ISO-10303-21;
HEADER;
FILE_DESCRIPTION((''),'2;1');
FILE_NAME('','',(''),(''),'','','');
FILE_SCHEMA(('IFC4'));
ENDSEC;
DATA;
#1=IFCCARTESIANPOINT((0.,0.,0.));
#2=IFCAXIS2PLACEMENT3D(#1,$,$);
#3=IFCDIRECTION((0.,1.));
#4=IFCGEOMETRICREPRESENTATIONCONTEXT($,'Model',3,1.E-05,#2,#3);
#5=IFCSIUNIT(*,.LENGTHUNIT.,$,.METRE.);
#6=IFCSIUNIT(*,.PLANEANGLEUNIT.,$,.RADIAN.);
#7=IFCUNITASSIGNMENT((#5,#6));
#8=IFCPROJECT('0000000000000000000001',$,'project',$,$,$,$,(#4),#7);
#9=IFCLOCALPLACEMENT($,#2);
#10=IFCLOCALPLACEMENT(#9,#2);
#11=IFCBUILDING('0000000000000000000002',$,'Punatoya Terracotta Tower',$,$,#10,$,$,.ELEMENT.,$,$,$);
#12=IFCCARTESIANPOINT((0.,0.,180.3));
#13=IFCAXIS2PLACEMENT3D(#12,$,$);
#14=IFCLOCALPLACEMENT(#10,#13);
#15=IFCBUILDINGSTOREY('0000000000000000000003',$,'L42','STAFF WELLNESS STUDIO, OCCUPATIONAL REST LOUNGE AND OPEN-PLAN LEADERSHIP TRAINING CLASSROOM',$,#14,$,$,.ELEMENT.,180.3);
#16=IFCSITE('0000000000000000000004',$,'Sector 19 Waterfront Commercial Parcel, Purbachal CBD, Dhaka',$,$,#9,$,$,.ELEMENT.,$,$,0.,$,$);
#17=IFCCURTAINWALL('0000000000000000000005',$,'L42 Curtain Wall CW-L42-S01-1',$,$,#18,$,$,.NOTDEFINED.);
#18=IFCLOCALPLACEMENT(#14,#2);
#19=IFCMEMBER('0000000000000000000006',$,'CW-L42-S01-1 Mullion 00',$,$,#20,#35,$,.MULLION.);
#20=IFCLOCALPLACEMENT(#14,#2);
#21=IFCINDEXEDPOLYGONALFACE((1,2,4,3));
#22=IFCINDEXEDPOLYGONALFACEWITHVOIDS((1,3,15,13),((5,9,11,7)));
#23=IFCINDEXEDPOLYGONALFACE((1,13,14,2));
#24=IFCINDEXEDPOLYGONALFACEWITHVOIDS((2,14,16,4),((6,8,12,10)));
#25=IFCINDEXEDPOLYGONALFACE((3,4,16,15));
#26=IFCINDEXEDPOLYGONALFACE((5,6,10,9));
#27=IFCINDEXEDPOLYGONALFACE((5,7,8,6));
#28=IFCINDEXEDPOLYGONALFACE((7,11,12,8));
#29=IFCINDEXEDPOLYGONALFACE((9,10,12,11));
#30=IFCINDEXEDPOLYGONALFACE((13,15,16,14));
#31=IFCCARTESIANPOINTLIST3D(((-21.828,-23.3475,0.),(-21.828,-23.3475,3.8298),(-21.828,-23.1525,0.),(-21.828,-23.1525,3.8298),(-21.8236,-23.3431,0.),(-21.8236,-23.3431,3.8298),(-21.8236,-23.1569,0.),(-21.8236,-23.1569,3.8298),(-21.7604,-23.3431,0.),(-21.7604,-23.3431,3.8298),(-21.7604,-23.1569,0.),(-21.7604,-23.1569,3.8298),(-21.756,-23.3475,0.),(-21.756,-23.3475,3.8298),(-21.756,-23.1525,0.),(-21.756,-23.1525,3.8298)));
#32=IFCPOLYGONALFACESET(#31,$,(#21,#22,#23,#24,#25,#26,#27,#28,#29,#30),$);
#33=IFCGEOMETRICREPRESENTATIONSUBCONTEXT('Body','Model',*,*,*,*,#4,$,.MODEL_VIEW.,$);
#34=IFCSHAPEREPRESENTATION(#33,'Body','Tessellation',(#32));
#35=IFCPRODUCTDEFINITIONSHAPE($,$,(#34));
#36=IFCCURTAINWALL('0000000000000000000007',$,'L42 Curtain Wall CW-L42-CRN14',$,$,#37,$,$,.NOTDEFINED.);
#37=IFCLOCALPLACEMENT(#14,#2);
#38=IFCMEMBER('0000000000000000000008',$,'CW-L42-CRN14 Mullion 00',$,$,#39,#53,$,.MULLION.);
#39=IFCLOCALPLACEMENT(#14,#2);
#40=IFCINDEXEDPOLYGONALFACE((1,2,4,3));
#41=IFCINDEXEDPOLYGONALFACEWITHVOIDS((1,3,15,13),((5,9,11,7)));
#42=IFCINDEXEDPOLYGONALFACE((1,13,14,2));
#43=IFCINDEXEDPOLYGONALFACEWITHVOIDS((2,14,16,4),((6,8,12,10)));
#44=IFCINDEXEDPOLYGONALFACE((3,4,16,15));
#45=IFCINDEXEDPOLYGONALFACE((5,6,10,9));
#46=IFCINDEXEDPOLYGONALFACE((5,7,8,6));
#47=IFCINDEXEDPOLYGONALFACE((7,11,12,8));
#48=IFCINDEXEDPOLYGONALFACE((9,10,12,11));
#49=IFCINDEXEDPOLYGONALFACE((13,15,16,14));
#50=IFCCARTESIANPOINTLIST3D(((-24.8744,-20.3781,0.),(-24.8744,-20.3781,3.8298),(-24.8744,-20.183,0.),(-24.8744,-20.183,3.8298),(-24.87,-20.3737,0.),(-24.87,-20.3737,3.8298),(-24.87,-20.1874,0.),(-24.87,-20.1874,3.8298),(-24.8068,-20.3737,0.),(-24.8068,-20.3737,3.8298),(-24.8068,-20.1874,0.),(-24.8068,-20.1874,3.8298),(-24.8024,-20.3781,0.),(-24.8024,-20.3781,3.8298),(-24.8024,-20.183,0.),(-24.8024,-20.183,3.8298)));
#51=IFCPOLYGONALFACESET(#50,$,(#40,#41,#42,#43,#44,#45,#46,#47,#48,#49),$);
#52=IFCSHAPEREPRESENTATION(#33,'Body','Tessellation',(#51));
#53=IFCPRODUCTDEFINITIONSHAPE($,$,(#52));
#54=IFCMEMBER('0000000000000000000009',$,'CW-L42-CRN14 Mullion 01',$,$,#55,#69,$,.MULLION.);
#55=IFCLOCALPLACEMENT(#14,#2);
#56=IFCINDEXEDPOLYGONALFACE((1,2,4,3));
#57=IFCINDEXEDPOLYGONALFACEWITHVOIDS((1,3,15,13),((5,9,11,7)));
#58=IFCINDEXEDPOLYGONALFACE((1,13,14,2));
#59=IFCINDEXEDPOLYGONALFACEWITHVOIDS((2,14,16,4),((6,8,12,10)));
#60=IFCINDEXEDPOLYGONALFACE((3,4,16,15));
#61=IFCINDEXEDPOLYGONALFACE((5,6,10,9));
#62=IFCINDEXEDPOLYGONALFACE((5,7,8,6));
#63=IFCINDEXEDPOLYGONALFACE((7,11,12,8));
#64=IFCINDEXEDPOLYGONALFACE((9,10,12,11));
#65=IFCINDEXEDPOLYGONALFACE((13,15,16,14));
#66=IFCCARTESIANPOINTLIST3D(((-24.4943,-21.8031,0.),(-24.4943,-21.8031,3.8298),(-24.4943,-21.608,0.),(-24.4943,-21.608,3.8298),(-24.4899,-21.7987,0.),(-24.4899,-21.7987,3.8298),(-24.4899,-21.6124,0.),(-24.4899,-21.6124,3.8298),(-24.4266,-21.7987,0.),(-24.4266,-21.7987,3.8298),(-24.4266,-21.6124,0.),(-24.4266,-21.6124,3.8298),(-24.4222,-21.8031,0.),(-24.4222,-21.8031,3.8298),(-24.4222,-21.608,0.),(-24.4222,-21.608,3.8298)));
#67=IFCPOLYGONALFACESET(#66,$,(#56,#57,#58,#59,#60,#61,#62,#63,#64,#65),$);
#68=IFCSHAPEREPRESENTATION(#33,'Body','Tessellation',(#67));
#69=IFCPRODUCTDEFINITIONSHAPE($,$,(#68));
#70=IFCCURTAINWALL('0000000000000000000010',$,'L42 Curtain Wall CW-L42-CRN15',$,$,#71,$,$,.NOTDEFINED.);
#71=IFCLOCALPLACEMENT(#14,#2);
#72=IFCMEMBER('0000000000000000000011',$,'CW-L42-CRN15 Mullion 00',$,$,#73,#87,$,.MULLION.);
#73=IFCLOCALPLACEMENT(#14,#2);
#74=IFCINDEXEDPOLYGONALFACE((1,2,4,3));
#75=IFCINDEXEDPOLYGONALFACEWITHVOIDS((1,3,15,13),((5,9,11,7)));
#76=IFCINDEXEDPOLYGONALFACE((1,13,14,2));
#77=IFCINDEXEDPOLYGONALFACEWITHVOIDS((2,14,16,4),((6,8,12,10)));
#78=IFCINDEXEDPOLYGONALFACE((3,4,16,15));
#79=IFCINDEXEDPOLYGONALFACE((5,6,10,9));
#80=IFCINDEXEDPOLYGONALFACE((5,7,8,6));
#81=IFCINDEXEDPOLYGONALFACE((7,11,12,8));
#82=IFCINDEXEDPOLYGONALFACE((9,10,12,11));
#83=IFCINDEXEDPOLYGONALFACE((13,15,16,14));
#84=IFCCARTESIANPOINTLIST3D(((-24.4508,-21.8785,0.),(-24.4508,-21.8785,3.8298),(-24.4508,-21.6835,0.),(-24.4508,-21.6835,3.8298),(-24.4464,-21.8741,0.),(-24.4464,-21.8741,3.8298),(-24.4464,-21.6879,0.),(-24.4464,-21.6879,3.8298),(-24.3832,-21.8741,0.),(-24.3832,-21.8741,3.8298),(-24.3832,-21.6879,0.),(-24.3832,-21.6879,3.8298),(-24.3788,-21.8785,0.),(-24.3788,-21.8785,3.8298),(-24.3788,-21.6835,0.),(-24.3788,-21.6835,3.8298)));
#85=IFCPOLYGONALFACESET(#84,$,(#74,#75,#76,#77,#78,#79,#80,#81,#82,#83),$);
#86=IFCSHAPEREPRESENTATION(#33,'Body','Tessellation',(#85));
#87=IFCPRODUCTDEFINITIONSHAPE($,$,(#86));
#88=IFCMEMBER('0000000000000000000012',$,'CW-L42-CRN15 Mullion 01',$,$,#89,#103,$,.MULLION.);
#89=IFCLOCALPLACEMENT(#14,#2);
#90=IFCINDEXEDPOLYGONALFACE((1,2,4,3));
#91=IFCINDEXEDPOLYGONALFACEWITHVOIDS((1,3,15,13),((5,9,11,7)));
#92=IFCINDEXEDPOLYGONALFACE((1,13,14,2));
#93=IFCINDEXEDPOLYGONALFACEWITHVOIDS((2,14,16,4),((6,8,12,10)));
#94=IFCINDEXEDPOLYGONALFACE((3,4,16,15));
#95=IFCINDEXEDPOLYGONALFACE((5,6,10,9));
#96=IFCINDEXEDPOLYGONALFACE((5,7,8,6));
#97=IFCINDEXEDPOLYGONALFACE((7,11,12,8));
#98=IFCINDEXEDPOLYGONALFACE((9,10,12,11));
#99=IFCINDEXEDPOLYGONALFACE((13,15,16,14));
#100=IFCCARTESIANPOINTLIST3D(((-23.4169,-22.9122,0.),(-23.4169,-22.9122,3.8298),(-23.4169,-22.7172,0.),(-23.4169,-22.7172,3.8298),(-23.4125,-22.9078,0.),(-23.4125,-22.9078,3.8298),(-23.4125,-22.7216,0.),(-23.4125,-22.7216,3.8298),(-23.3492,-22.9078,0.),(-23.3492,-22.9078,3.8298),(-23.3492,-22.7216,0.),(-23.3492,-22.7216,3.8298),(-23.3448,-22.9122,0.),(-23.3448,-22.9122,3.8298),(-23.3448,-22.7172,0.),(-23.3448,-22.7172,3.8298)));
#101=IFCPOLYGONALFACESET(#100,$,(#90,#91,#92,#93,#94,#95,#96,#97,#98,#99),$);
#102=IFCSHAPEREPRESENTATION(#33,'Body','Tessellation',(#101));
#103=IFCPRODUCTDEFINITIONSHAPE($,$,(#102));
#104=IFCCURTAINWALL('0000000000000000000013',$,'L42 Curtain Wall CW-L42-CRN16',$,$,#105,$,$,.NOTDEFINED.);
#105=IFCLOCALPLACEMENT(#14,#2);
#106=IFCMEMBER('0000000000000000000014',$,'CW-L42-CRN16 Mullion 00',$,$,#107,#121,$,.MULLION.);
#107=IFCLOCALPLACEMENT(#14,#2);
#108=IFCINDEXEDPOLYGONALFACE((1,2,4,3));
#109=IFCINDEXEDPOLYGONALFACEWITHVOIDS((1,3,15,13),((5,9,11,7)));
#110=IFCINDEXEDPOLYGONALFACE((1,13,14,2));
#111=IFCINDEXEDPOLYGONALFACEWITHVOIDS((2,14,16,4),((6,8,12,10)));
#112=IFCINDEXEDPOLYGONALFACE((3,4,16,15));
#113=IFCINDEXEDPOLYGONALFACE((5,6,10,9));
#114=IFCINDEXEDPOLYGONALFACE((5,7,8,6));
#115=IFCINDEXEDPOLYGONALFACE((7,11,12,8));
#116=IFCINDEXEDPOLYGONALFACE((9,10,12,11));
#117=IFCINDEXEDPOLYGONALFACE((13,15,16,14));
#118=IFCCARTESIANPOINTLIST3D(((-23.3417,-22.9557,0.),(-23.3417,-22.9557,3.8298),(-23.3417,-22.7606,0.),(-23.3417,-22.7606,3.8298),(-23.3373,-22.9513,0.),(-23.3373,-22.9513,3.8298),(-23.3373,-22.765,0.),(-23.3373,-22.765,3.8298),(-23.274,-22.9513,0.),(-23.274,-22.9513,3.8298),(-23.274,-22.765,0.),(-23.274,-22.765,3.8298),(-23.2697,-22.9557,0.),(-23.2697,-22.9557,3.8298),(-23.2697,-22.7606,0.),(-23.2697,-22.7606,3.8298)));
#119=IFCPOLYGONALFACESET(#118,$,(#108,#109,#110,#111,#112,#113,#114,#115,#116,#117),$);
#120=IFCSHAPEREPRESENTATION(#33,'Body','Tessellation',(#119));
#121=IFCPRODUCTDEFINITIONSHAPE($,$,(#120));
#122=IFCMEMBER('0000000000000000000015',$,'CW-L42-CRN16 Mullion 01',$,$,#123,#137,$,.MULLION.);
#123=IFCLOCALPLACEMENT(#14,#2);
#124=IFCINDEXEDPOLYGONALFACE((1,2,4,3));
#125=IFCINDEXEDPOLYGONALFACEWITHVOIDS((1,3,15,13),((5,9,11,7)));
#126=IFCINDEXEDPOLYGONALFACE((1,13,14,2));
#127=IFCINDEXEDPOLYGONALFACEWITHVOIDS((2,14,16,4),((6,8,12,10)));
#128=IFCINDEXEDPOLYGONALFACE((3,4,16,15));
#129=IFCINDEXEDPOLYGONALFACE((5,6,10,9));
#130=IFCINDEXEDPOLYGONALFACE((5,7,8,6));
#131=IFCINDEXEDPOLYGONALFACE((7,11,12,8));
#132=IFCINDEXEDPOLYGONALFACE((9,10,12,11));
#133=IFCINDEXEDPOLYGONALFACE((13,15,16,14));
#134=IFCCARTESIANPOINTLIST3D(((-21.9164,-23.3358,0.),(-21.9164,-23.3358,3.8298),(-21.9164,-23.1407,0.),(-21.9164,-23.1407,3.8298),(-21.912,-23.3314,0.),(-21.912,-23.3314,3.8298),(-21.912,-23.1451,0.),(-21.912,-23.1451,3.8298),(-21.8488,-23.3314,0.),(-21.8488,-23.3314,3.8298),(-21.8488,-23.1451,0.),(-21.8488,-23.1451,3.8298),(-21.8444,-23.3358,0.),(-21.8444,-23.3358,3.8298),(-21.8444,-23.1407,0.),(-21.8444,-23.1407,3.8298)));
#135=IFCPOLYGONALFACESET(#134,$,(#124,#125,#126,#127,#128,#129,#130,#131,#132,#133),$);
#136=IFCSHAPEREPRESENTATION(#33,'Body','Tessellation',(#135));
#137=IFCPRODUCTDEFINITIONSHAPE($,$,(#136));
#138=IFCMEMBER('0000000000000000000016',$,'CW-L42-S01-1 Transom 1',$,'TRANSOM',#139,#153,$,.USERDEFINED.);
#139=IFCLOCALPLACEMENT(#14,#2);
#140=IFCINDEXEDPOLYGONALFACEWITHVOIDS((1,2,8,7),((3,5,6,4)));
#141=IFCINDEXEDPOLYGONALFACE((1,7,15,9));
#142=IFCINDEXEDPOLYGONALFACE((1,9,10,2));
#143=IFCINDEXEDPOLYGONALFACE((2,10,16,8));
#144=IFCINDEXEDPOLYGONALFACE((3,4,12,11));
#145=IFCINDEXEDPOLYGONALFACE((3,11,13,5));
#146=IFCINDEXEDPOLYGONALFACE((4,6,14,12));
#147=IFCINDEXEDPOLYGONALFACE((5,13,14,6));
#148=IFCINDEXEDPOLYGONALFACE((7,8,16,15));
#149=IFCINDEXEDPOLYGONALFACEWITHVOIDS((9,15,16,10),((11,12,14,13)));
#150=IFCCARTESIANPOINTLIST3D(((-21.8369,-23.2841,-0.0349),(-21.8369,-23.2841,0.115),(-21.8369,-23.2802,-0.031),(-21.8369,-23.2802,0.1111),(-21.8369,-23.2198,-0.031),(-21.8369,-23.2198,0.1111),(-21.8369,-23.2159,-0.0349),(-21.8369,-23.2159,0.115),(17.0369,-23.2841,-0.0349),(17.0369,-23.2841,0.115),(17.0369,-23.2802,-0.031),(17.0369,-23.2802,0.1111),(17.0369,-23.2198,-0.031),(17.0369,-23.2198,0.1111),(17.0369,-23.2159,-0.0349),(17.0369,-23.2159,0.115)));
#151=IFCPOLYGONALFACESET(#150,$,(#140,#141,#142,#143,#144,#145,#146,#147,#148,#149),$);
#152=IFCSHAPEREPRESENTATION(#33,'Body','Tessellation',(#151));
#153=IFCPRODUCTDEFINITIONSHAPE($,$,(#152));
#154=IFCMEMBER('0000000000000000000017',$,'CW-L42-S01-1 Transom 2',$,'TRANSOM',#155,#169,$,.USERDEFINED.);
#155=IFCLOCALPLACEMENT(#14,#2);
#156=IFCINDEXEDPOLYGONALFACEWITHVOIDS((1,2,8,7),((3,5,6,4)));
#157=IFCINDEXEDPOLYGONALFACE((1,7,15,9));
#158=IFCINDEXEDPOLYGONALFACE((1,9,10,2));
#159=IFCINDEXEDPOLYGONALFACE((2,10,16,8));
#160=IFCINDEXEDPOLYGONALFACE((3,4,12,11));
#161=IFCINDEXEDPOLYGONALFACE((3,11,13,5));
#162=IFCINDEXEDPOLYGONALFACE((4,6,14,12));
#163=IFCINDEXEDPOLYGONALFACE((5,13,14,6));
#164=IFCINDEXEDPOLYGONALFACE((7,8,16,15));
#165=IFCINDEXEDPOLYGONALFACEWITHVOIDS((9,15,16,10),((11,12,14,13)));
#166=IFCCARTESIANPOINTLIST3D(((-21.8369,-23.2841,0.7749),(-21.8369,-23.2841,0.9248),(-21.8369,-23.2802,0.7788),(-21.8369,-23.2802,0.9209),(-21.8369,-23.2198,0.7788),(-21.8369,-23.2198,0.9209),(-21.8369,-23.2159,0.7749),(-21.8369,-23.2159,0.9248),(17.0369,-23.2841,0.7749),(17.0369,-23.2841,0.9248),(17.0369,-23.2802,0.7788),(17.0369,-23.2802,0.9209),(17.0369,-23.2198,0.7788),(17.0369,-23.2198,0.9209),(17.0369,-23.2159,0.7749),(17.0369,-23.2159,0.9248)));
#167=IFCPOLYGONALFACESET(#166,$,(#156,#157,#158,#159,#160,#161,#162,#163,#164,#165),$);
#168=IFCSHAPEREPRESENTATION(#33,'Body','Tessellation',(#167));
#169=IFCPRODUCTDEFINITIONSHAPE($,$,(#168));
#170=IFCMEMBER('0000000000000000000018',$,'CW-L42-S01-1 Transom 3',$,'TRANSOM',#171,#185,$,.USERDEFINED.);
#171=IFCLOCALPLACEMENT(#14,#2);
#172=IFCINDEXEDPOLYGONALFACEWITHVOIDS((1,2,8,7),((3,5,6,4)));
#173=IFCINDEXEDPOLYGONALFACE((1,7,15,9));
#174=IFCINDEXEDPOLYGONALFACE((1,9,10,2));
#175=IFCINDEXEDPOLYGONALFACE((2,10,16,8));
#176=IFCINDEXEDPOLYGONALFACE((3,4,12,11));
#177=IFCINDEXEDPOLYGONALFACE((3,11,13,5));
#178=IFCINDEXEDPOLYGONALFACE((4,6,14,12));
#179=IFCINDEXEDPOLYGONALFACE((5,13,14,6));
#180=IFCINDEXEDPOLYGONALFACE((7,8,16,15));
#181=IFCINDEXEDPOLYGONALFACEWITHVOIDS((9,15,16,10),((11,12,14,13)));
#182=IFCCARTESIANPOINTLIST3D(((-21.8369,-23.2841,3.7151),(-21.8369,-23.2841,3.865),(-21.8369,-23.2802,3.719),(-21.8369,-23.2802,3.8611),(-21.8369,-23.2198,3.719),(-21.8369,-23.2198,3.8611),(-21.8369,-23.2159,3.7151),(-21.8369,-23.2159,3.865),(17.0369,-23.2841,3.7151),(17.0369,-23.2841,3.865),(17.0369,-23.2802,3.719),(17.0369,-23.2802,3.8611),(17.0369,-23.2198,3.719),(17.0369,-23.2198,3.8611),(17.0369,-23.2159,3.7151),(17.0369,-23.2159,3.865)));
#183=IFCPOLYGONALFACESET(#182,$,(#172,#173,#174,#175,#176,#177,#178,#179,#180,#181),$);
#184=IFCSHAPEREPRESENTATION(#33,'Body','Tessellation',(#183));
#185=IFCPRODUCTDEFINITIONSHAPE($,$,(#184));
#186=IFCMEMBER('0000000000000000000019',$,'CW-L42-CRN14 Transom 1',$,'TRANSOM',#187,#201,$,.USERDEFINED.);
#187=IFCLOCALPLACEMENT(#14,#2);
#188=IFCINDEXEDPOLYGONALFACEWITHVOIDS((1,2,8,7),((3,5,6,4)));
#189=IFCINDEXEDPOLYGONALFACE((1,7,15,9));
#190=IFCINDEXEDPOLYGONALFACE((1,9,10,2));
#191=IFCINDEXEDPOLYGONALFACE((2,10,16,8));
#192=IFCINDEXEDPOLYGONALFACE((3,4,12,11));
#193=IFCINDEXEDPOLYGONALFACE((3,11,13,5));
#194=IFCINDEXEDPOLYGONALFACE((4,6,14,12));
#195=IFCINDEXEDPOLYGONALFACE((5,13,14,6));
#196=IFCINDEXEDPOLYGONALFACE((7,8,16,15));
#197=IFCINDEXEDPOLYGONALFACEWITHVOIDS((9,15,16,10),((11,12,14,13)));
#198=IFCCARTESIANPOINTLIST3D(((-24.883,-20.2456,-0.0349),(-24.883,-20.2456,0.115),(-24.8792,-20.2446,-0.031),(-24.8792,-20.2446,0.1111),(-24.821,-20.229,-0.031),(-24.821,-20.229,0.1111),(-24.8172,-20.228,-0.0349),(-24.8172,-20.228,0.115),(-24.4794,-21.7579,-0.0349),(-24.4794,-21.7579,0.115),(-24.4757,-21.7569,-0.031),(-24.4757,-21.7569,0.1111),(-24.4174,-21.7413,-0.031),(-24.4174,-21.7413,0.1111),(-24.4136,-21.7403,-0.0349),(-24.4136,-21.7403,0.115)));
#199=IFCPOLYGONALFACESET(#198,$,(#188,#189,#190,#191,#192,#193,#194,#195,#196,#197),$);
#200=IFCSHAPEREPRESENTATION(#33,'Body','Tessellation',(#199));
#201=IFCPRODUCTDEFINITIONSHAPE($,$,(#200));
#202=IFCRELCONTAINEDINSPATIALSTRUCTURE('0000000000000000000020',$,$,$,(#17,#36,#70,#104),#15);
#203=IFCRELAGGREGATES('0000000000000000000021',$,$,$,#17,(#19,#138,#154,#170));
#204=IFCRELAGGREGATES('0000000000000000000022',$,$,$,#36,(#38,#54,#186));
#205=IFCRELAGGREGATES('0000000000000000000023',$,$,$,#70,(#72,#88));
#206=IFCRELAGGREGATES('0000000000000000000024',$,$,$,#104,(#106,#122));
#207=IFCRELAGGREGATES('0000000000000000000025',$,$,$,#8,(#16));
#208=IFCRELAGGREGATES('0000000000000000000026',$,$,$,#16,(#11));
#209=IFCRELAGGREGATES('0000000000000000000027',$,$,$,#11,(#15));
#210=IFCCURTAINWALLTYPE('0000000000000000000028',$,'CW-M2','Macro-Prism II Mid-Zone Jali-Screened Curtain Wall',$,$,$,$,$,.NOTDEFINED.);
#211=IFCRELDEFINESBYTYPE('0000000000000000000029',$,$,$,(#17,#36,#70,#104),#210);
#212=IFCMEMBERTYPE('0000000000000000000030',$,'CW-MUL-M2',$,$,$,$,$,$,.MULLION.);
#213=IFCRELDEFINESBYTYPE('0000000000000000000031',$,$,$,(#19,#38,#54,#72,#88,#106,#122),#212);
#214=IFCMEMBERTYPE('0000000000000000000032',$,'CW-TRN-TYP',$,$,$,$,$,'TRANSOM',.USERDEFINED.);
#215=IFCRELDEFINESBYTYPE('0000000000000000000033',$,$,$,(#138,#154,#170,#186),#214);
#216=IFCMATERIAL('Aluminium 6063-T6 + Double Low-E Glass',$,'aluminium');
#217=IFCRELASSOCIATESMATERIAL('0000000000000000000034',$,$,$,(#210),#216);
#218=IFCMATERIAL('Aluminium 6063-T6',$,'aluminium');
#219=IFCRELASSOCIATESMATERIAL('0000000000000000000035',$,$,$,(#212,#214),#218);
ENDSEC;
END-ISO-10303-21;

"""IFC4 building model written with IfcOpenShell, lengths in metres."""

from ifc_helpers import new_model, si_unit, direction, frame, origin, origin_2d, place, context, subcontext, project, spatial, hollow_rectangle, extrude, material, material_profile, profile_set, type_object, element, aggregate, save


model = new_model("IFC4")

# Units and contexts
model_context = context("Model", 3, precision=1e-05, world=origin(), true_north=direction((0.0, 1.0)))
body_context = subcontext(model_context, "Body", "Model", "MODEL_VIEW")
ifc_project = project(units=[si_unit("LENGTHUNIT", "METRE"), si_unit("PLANEANGLEUNIT", "RADIAN")], contexts=[model_context])

# Site, building, storey
site_placement = place(None, origin())
site = spatial("IfcSite", under=ifc_project, at=site_placement, Name="Sector 19 Waterfront Commercial Parcel, Purbachal CBD, Dhaka", CompositionType="ELEMENT", RefElevation=0.0)
building_placement = place(site_placement, origin())
building = spatial("IfcBuilding", under=site, at=building_placement, Name="Punatoya Terracotta Tower", CompositionType="ELEMENT")
storey_placement = place(building_placement, frame((0.0, 0.0, 180.3)))
storey = spatial("IfcBuildingStorey", under=building, at=storey_placement, Name="L42", Description="STAFF WELLNESS STUDIO, OCCUPATIONAL REST LOUNGE AND OPEN-PLAN LEADERSHIP TRAINING CLASSROOM", CompositionType="ELEMENT", Elevation=180.3)

# Curtain wall, member
ifc_material_1 = material(Name="Aluminium 6063-T6 + Double Low-E Glass", Category="aluminium")
curtain_wall_type = type_object("IfcCurtainWallType", Name="CW-M2", Description="Macro-Prism II Mid-Zone Jali-Screened Curtain Wall", PredefinedType="NOTDEFINED", material=ifc_material_1)
curtain_wall_1_placement = place(storey_placement, origin())
curtain_wall_1 = element("IfcCurtainWall", 1, at=curtain_wall_1_placement, inside=storey, type_object=curtain_wall_type, Name="L42 Curtain Wall CW-L42-S01-1", PredefinedType="NOTDEFINED")
ifc_material_2 = material(Name="Aluminium 6063-T6", Category="aluminium")
ifc_material_profile_1 = material_profile(ifc_material_2, hollow_rectangle(XDim=0.072, YDim=0.1951, WallThickness=0.0044, at=origin_2d()))
ifc_profile_set_1 = profile_set([ifc_material_profile_1], Name="Aluminium 6063-T6")
member_type_1 = type_object("IfcMemberType", Name="CW-MUL-M2", PredefinedType="MULLION", material=ifc_profile_set_1)
member_1_placement = place(storey_placement, frame((-21.792, -23.25, 0.0), z_axis=(0.0, 0.0, 1.0), x_axis=(1.0, 0.0, 0.0)))
member_1 = element("IfcMember", 2, at=member_1_placement, type_object=member_type_1, Name="CW-L42-S01-1 Mullion 00", PredefinedType="MULLION", context=body_context, shape_type="SweptSolid", body=[
    extrude(hollow_rectangle(XDim=0.072, YDim=0.1951, WallThickness=0.0044, at=origin_2d()), origin(), (0.0, 0.0, 1.0), 3.8298),
])

# Curtain walls, members
curtain_wall_2_placement = place(storey_placement, origin())
curtain_wall_2 = element("IfcCurtainWall", 3, at=curtain_wall_2_placement, inside=storey, type_object=curtain_wall_type, Name="L42 Curtain Wall CW-L42-CRN14", PredefinedType="NOTDEFINED")
member_2_placement = place(storey_placement, frame((-24.8384, -20.2805, 0.0), z_axis=(0.0, 0.0, 1.0), x_axis=(1.0, 0.0, 0.0)))
member_2 = element("IfcMember", 4, at=member_2_placement, type_object=member_type_1, Name="CW-L42-CRN14 Mullion 00", PredefinedType="MULLION", context=body_context, shape_type="SweptSolid", body=[
    extrude(hollow_rectangle(XDim=0.072, YDim=0.1951, WallThickness=0.0044, at=origin_2d()), origin(), (0.0, 0.0, 1.0), 3.8298),
])
member_3_placement = place(storey_placement, frame((-24.4583, -21.7056, 0.0), z_axis=(0.0, 0.0, 1.0), x_axis=(1.0, 0.0, 0.0)))
member_3 = element("IfcMember", 5, at=member_3_placement, type_object=member_type_1, Name="CW-L42-CRN14 Mullion 01", PredefinedType="MULLION", context=body_context, shape_type="SweptSolid", body=[
    extrude(hollow_rectangle(XDim=0.072, YDim=0.1951, WallThickness=0.0044, at=origin_2d()), origin(), (0.0, 0.0, 1.0), 3.8298),
])
curtain_wall_3_placement = place(storey_placement, origin())
curtain_wall_3 = element("IfcCurtainWall", 6, at=curtain_wall_3_placement, inside=storey, type_object=curtain_wall_type, Name="L42 Curtain Wall CW-L42-CRN15", PredefinedType="NOTDEFINED")
member_4_placement = place(storey_placement, frame((-24.4148, -21.781, 0.0), z_axis=(0.0, 0.0, 1.0), x_axis=(1.0, 0.0, 0.0)))
member_4 = element("IfcMember", 7, at=member_4_placement, type_object=member_type_1, Name="CW-L42-CRN15 Mullion 00", PredefinedType="MULLION", context=body_context, shape_type="SweptSolid", body=[
    extrude(hollow_rectangle(XDim=0.072, YDim=0.1951, WallThickness=0.0044, at=origin_2d()), origin(), (0.0, 0.0, 1.0), 3.8298),
])
member_5_placement = place(storey_placement, frame((-23.3809, -22.8147, 0.0), z_axis=(0.0, 0.0, 1.0), x_axis=(1.0, 0.0, 0.0)))
member_5 = element("IfcMember", 8, at=member_5_placement, type_object=member_type_1, Name="CW-L42-CRN15 Mullion 01", PredefinedType="MULLION", context=body_context, shape_type="SweptSolid", body=[
    extrude(hollow_rectangle(XDim=0.072, YDim=0.1951, WallThickness=0.0044, at=origin_2d()), origin(), (0.0, 0.0, 1.0), 3.8298),
])
curtain_wall_4_placement = place(storey_placement, origin())
curtain_wall_4 = element("IfcCurtainWall", 9, at=curtain_wall_4_placement, inside=storey, type_object=curtain_wall_type, Name="L42 Curtain Wall CW-L42-CRN16", PredefinedType="NOTDEFINED")
member_6_placement = place(storey_placement, frame((-23.3057, -22.8582, 0.0), z_axis=(0.0, 0.0, 1.0), x_axis=(1.0, 0.0, 0.0)))
member_6 = element("IfcMember", 10, at=member_6_placement, type_object=member_type_1, Name="CW-L42-CRN16 Mullion 00", PredefinedType="MULLION", context=body_context, shape_type="SweptSolid", body=[
    extrude(hollow_rectangle(XDim=0.072, YDim=0.1951, WallThickness=0.0044, at=origin_2d()), origin(), (0.0, 0.0, 1.0), 3.8298),
])
member_7_placement = place(storey_placement, frame((-21.8804, -23.2383, 0.0), z_axis=(0.0, 0.0, 1.0), x_axis=(1.0, 0.0, 0.0)))
member_7 = element("IfcMember", 11, at=member_7_placement, type_object=member_type_1, Name="CW-L42-CRN16 Mullion 01", PredefinedType="MULLION", context=body_context, shape_type="SweptSolid", body=[
    extrude(hollow_rectangle(XDim=0.072, YDim=0.1951, WallThickness=0.0044, at=origin_2d()), origin(), (0.0, 0.0, 1.0), 3.8298),
])

# Members
ifc_material_profile_2 = material_profile(ifc_material_2, hollow_rectangle(XDim=0.0681, YDim=0.1499, WallThickness=0.0039, at=origin_2d()))
ifc_profile_set_2 = profile_set([ifc_material_profile_2], Name="Aluminium 6063-T6")
member_type_2 = type_object("IfcMemberType", Name="CW-TRN-TYP", ElementType="TRANSOM", PredefinedType="USERDEFINED", material=ifc_profile_set_2)
member_8_placement = place(storey_placement, frame((-21.8369, -23.25, 0.04), z_axis=(1.0, 0.0, 0.0), x_axis=(0.0, 1.0, 0.0)))
member_8 = element("IfcMember", 12, at=member_8_placement, type_object=member_type_2, Name="CW-L42-S01-1 Transom 1", ObjectType="TRANSOM", PredefinedType="USERDEFINED", context=body_context, shape_type="SweptSolid", body=[
    extrude(hollow_rectangle(XDim=0.0681, YDim=0.1499, WallThickness=0.0039, at=origin_2d()), origin(), (0.0, 0.0, 1.0), 38.8738),
])
member_9_placement = place(storey_placement, frame((-21.8369, -23.25, 0.8499), z_axis=(1.0, 0.0, 0.0), x_axis=(0.0, 1.0, 0.0)))
member_9 = element("IfcMember", 13, at=member_9_placement, type_object=member_type_2, Name="CW-L42-S01-1 Transom 2", ObjectType="TRANSOM", PredefinedType="USERDEFINED", context=body_context, shape_type="SweptSolid", body=[
    extrude(hollow_rectangle(XDim=0.0681, YDim=0.1499, WallThickness=0.0039, at=origin_2d()), origin(), (0.0, 0.0, 1.0), 38.8738),
])
member_10_placement = place(storey_placement, frame((-21.8369, -23.25, 3.79), z_axis=(1.0, 0.0, 0.0), x_axis=(0.0, 1.0, 0.0)))
member_10 = element("IfcMember", 14, at=member_10_placement, type_object=member_type_2, Name="CW-L42-S01-1 Transom 3", ObjectType="TRANSOM", PredefinedType="USERDEFINED", context=body_context, shape_type="SweptSolid", body=[
    extrude(hollow_rectangle(XDim=0.0681, YDim=0.1499, WallThickness=0.0039, at=origin_2d()), origin(), (0.0, 0.0, 1.0), 38.8738),
])
member_11_placement = place(storey_placement, frame((-24.8501, -20.2368, 0.04), z_axis=(0.257847, -0.966186, 0.0), x_axis=(0.966186, 0.257847, 0.0)))
member_11 = element("IfcMember", 15, at=member_11_placement, type_object=member_type_2, Name="CW-L42-CRN14 Transom 1", ObjectType="TRANSOM", PredefinedType="USERDEFINED", context=body_context, shape_type="SweptSolid", body=[
    extrude(hollow_rectangle(XDim=0.0681, YDim=0.1499, WallThickness=0.0039, at=origin_2d()), origin(), (0.0, 0.0, 1.0), 1.5652),
])

aggregate(curtain_wall_1, [member_1, member_8, member_9, member_10])
aggregate(curtain_wall_2, [member_2, member_3, member_11])
aggregate(curtain_wall_3, [member_4, member_5])
aggregate(curtain_wall_4, [member_6, member_7])

save(model, "model.ifc")
